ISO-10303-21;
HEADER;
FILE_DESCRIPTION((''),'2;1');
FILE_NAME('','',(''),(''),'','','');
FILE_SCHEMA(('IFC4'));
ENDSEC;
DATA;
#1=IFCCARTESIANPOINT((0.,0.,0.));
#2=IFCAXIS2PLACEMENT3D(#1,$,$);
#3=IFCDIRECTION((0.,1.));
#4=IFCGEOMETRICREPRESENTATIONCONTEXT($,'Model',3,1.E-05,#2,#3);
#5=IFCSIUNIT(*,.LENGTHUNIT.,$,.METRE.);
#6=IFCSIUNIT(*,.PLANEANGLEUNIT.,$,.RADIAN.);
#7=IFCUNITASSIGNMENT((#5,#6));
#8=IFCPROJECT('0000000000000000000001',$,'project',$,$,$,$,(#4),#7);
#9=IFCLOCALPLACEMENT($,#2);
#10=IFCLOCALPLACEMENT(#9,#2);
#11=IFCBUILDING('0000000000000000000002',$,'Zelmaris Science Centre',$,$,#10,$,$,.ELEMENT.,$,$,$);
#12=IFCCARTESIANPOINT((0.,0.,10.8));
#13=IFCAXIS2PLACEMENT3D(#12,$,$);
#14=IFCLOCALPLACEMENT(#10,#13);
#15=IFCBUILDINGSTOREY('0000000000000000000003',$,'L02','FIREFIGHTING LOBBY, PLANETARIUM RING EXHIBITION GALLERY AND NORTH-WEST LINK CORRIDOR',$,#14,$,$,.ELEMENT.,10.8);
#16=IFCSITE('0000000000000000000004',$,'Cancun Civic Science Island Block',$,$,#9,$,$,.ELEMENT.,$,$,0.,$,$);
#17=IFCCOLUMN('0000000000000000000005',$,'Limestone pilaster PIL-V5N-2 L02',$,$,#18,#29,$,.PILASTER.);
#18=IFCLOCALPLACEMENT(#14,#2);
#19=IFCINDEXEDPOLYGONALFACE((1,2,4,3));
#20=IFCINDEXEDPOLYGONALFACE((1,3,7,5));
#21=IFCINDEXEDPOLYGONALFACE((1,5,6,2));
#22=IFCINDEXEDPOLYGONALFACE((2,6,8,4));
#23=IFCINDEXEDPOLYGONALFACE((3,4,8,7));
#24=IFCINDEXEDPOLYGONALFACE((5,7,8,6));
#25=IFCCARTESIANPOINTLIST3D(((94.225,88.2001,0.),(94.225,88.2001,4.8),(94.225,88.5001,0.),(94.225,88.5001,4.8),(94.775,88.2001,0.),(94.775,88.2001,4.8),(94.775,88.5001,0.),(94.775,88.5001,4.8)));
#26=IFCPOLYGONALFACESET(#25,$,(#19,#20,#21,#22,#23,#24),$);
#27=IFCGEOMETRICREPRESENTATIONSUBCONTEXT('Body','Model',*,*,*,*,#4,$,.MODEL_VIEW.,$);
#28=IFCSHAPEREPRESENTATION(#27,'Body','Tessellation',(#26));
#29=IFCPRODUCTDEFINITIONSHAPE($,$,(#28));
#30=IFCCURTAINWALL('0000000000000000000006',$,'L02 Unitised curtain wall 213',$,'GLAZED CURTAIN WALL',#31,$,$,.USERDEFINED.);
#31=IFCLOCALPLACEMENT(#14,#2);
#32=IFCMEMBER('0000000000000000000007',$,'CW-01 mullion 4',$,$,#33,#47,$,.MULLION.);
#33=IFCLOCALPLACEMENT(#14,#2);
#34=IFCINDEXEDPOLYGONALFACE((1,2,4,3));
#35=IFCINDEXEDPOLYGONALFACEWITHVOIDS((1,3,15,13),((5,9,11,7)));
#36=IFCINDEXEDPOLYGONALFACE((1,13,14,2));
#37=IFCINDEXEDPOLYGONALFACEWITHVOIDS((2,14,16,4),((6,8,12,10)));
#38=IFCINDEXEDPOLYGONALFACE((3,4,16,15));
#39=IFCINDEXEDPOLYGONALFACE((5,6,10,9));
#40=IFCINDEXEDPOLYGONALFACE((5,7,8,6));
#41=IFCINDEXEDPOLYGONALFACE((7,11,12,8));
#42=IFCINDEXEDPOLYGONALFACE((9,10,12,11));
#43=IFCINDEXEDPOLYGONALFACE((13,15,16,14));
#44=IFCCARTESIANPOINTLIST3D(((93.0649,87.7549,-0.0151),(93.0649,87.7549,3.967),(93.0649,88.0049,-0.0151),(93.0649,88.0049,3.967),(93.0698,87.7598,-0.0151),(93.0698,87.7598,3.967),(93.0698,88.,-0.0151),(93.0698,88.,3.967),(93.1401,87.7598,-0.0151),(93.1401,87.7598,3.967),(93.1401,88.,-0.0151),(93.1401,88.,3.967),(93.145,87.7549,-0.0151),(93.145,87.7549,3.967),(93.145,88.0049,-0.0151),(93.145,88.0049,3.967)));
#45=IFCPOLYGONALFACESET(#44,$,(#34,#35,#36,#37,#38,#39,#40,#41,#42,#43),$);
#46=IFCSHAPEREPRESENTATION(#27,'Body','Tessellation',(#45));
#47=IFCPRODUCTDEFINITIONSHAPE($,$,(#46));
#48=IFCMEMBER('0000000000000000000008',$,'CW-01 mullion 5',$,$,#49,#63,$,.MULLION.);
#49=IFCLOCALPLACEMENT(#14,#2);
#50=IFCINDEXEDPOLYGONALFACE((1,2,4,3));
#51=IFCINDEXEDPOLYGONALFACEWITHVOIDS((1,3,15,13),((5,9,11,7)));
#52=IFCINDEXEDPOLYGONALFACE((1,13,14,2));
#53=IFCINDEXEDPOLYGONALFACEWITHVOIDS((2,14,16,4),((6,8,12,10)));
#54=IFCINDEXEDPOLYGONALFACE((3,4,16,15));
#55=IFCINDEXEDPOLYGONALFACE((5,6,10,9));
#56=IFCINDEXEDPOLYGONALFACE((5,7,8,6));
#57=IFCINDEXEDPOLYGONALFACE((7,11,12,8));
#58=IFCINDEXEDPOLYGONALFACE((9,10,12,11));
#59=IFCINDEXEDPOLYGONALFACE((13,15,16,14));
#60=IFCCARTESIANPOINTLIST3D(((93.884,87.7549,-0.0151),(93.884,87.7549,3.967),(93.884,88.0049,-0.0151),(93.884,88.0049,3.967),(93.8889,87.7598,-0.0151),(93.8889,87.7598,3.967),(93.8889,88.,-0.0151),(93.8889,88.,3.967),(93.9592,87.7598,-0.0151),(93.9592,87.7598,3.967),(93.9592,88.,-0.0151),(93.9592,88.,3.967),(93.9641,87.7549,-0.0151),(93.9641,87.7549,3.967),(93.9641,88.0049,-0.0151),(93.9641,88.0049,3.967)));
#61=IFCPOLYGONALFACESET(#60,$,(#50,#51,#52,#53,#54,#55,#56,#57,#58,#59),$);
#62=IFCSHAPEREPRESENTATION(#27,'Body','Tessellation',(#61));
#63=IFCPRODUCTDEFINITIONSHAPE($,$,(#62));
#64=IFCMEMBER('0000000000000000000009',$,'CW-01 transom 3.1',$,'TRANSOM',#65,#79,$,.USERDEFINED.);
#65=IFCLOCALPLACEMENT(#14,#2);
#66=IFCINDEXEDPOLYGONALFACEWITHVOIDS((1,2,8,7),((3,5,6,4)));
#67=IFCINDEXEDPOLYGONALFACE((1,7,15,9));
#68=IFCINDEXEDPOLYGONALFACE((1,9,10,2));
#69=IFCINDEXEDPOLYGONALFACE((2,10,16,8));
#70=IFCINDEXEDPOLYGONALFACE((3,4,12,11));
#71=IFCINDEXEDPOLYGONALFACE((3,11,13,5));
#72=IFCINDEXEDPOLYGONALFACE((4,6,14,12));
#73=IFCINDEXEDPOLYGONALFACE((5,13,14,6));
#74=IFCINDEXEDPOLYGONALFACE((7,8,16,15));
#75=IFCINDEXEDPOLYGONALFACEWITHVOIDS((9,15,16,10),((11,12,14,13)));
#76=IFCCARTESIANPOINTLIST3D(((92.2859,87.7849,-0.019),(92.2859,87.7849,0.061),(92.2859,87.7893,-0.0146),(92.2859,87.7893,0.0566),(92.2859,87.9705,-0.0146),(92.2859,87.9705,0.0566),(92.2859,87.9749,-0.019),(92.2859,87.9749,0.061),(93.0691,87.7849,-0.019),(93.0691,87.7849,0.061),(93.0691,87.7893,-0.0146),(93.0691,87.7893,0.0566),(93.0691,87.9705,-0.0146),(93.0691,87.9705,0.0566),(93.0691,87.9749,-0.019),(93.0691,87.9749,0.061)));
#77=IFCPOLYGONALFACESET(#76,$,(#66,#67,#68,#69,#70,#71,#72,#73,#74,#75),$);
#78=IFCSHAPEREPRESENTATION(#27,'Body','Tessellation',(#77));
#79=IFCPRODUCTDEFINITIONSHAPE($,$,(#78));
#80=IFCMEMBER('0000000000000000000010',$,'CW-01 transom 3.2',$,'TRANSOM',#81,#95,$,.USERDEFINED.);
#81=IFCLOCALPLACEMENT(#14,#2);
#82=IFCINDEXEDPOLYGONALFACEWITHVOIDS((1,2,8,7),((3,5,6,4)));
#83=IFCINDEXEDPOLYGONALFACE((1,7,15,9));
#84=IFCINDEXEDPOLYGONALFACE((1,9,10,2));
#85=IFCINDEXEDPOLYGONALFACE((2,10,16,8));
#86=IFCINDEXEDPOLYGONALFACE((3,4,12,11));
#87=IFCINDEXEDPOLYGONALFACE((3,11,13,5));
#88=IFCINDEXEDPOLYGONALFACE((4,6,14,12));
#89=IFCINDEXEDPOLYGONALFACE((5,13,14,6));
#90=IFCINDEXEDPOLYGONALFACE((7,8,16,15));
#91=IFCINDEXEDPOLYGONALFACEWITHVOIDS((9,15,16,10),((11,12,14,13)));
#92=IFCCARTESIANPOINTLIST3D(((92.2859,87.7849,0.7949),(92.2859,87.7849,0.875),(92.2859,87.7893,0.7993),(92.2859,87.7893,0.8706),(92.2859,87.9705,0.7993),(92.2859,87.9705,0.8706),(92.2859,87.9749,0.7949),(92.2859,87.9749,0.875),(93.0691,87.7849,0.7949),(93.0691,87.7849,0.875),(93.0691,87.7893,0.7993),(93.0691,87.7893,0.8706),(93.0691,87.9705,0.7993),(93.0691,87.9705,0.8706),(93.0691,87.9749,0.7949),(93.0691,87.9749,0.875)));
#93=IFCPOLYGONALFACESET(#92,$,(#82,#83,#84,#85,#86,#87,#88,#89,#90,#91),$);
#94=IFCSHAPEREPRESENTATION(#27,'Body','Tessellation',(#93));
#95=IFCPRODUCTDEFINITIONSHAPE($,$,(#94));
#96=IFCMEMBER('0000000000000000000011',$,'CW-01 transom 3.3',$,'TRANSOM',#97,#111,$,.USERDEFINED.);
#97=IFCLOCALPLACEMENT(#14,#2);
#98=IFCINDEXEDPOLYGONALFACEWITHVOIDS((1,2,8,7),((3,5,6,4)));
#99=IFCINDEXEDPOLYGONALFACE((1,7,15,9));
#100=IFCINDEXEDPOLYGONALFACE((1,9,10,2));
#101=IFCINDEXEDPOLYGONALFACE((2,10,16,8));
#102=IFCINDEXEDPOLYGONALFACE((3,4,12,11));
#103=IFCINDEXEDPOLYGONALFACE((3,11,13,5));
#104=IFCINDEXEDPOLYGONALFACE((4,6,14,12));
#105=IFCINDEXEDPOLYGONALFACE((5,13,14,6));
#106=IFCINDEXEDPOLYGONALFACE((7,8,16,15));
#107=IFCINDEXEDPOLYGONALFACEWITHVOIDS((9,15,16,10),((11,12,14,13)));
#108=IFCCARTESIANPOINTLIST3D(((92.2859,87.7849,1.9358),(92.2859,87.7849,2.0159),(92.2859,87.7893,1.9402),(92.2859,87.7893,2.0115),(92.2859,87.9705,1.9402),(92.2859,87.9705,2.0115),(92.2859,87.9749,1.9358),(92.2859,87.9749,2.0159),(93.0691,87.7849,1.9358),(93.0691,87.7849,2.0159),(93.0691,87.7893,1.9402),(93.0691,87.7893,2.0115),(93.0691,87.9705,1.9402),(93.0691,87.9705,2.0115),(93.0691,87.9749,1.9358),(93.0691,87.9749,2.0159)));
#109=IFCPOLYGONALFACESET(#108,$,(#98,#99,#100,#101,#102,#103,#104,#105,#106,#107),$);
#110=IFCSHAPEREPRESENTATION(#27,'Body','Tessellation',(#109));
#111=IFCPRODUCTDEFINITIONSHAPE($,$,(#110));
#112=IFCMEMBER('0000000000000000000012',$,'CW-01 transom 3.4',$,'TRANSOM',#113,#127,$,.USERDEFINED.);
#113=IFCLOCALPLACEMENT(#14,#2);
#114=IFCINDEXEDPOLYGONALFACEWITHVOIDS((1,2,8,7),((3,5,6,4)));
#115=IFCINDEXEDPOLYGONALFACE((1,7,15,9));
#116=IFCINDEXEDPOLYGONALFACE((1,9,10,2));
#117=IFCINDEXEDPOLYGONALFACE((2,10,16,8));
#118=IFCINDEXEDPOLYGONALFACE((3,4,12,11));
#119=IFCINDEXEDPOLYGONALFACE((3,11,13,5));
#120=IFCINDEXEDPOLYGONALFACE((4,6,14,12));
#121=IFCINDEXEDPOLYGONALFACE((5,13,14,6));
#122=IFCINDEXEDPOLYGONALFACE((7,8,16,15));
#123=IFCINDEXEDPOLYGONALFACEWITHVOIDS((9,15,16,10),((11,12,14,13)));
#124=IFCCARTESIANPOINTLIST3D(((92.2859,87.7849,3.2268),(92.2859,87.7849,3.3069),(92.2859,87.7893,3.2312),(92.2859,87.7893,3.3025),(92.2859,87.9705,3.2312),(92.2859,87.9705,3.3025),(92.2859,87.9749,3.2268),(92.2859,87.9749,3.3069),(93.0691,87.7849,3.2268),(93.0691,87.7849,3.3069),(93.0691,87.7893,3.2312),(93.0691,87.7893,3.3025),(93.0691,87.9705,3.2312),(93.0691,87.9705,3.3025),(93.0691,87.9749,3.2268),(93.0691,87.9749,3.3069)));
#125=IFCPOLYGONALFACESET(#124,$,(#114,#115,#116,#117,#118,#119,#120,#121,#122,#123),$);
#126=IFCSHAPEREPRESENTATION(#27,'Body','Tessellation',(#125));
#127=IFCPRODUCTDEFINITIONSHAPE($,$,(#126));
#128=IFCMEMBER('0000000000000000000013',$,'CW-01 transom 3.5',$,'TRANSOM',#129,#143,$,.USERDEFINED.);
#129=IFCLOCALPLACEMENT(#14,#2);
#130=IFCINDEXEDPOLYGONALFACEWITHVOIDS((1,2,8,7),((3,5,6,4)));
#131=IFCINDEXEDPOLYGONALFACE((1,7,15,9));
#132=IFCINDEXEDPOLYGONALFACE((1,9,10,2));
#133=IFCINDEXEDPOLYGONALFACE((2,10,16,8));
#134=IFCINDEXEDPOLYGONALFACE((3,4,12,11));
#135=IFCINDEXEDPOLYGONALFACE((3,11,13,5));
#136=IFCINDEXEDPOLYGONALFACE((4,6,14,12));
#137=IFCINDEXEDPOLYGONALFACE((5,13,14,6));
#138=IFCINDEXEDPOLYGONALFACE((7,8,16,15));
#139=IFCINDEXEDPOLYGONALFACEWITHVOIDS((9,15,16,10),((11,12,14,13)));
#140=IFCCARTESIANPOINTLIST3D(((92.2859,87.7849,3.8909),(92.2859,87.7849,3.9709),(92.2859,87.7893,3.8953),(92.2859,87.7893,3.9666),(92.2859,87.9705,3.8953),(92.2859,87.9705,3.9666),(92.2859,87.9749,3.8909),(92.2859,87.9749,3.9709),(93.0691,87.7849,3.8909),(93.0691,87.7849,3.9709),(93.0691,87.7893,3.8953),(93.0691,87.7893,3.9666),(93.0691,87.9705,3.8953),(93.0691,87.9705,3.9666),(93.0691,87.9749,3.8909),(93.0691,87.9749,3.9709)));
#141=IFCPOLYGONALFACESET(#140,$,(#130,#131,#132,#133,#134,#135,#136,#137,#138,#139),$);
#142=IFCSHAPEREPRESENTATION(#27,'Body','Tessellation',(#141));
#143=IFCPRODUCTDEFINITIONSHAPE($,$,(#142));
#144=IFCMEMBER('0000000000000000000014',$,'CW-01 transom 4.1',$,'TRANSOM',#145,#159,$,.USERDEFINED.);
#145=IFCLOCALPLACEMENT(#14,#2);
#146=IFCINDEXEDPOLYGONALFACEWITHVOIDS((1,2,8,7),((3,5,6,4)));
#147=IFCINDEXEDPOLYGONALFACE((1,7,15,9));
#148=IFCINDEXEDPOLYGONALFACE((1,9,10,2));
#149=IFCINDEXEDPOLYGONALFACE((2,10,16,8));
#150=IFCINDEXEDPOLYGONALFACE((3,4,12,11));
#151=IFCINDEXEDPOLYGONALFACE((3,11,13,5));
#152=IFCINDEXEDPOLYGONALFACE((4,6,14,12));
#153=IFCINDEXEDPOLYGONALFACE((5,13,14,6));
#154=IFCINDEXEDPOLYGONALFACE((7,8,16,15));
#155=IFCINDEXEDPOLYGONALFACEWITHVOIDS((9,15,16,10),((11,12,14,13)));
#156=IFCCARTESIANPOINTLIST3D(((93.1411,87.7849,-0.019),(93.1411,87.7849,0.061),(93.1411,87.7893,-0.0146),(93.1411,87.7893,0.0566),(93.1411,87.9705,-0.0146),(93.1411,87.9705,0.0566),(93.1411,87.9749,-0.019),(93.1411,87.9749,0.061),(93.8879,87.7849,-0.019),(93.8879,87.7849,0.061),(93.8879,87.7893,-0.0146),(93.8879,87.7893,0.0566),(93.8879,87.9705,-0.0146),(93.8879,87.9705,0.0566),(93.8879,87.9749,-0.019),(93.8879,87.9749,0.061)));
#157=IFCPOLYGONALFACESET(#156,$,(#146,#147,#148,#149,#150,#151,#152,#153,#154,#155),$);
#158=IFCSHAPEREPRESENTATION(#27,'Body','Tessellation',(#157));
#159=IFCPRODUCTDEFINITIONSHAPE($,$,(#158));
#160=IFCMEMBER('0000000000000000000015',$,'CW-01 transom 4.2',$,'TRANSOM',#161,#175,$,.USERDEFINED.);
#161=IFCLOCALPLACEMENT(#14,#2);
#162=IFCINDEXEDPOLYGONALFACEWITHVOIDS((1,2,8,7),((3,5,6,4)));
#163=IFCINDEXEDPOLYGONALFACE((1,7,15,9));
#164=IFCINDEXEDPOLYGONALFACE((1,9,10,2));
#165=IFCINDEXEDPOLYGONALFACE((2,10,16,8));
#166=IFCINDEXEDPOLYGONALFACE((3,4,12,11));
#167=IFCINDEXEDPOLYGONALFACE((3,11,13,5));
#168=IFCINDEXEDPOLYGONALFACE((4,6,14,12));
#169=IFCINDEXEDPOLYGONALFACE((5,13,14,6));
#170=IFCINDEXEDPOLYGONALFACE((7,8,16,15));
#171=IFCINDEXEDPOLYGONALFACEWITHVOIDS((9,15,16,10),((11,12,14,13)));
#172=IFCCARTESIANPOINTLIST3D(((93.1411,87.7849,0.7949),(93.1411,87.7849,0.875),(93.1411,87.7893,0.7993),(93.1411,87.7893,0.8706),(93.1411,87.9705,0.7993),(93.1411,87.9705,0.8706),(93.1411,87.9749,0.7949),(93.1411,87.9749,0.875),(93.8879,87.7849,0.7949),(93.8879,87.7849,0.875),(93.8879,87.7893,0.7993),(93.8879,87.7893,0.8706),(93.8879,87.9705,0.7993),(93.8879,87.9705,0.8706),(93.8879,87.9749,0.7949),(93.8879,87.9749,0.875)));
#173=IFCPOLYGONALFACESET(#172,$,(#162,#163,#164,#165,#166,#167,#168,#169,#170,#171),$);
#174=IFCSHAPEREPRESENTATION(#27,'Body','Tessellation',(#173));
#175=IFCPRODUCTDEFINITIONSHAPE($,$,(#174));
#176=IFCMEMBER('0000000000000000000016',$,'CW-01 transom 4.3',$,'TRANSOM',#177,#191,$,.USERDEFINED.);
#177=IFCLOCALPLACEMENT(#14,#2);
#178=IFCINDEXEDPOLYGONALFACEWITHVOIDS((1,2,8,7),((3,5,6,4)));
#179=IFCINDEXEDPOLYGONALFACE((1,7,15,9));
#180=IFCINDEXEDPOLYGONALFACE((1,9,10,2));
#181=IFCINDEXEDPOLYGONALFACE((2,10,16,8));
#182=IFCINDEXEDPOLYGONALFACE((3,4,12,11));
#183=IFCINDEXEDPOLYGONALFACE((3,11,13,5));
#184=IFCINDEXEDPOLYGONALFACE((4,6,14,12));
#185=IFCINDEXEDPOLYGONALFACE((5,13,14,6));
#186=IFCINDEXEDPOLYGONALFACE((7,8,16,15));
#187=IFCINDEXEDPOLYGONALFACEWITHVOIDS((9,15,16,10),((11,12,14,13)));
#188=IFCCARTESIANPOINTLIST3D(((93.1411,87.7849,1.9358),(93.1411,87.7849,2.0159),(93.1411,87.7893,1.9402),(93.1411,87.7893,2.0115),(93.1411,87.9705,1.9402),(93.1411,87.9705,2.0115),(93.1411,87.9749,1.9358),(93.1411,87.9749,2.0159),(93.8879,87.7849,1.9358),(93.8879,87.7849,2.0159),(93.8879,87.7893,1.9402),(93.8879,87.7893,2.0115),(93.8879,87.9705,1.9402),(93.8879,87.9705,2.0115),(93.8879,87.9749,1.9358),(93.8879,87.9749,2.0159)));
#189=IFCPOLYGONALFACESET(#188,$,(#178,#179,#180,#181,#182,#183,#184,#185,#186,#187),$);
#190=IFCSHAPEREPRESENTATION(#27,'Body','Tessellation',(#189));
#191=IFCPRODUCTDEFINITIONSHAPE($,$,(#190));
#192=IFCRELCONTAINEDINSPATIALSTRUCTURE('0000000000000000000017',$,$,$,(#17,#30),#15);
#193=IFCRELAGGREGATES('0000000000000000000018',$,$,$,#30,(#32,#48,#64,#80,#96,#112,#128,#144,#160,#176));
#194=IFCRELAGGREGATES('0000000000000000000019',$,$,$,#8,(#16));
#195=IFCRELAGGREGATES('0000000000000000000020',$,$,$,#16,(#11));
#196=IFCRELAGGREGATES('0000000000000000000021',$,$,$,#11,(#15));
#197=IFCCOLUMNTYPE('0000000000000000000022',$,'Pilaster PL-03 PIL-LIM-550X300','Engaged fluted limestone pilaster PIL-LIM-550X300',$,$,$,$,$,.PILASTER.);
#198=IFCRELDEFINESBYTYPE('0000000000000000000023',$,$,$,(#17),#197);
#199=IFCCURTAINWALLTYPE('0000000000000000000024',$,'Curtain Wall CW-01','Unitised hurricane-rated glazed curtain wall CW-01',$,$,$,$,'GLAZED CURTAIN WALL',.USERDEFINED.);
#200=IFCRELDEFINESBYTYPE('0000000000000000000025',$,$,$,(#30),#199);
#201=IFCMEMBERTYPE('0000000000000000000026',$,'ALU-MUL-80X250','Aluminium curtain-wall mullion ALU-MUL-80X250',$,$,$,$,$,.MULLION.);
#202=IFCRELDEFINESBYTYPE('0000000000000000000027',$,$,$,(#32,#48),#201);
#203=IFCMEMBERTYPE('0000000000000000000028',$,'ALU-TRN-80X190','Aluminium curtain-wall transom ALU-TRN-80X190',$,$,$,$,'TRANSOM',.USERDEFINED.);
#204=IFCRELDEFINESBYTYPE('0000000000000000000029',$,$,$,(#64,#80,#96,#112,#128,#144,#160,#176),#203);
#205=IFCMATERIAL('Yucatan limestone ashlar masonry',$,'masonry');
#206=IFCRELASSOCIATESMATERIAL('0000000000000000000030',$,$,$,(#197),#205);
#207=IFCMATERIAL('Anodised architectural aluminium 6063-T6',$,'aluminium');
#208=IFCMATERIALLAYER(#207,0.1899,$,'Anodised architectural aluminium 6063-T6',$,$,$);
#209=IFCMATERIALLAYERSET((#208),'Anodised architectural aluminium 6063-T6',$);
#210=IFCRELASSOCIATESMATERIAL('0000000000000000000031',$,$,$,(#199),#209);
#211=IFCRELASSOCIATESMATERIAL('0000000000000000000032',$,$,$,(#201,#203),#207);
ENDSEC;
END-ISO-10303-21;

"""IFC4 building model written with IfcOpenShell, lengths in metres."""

from ifc_helpers import new_model, si_unit, direction, frame, origin, origin_2d, place, context, subcontext, project, spatial, rectangle, hollow_rectangle, extrude, material, layer, layer_set, material_profile, profile_set, type_object, element, aggregate, save


model = new_model("IFC4")

# Units and contexts
model_context = context("Model", 3, precision=1e-05, world=origin(), true_north=direction((0.0, 1.0)))
body_context = subcontext(model_context, "Body", "Model", "MODEL_VIEW")
ifc_project = project(units=[si_unit("LENGTHUNIT", "METRE"), si_unit("PLANEANGLEUNIT", "RADIAN")], contexts=[model_context])

# Site, building, storey
site_placement = place(None, origin())
site = spatial("IfcSite", under=ifc_project, at=site_placement, Name="Cancun Civic Science Island Block", CompositionType="ELEMENT", RefElevation=0.0)
building_placement = place(site_placement, origin())
building = spatial("IfcBuilding", under=site, at=building_placement, Name="Zelmaris Science Centre", CompositionType="ELEMENT")
storey_placement = place(building_placement, frame((0.0, 0.0, 10.8)))
storey = spatial("IfcBuildingStorey", under=building, at=storey_placement, Name="L02", Description="FIREFIGHTING LOBBY, PLANETARIUM RING EXHIBITION GALLERY AND NORTH-WEST LINK CORRIDOR", CompositionType="ELEMENT", Elevation=10.8)

# Column
ifc_material_1 = material(Name="Yucatan limestone ashlar masonry", Category="masonry")
ifc_material_profile_1 = material_profile(ifc_material_1, rectangle(XDim=0.55, YDim=0.3, at=origin_2d()), Name="PIL-LIM-550X300")
ifc_profile_set_1 = profile_set([ifc_material_profile_1], Name="Yucatan limestone ashlar masonry")
column_type = type_object("IfcColumnType", Name="Pilaster PL-03 PIL-LIM-550X300", Description="Engaged fluted limestone pilaster PIL-LIM-550X300", PredefinedType="PILASTER", material=ifc_profile_set_1)
column_placement = place(storey_placement, frame((94.5, 88.3501, 0.0), z_axis=(0.0, 0.0, 1.0), x_axis=(1.0, 0.0, 0.0)))
element("IfcColumn", 1, at=column_placement, inside=storey, type_object=column_type, Name="Limestone pilaster PIL-V5N-2 L02", PredefinedType="PILASTER", context=body_context, shape_type="SweptSolid", body=[
    extrude(rectangle(XDim=0.55, YDim=0.3, at=origin_2d()), origin(), (0.0, 0.0, 1.0), 4.8),
])

# Curtain wall, members
ifc_material_2 = material(Name="Anodised architectural aluminium 6063-T6", Category="aluminium")
ifc_layer_1 = layer(ifc_material_2, 0.1899, Name="Anodised architectural aluminium 6063-T6")
ifc_layer_set_1 = layer_set([ifc_layer_1], Name="Anodised architectural aluminium 6063-T6")
curtain_wall_type = type_object("IfcCurtainWallType", Name="Curtain Wall CW-01", Description="Unitised hurricane-rated glazed curtain wall CW-01", ElementType="GLAZED CURTAIN WALL", PredefinedType="USERDEFINED", material=ifc_layer_set_1)
curtain_wall_placement = place(storey_placement, origin())
curtain_wall = element("IfcCurtainWall", 2, at=curtain_wall_placement, inside=storey, type_object=curtain_wall_type, Name="L02 Unitised curtain wall 213", ObjectType="GLAZED CURTAIN WALL", PredefinedType="USERDEFINED")
ifc_material_profile_2 = material_profile(ifc_material_2, hollow_rectangle(XDim=0.0801, YDim=0.25, WallThickness=0.0049, at=origin_2d()), Name="ALU-MUL-80X250")
ifc_profile_set_2 = profile_set([ifc_material_profile_2], Name="Anodised architectural aluminium 6063-T6")
member_type_1 = type_object("IfcMemberType", Name="ALU-MUL-80X250", Description="Aluminium curtain-wall mullion ALU-MUL-80X250", PredefinedType="MULLION", material=ifc_profile_set_2)
member_1_placement = place(storey_placement, frame((93.105, 87.8799, -0.0151), z_axis=(0.0, 0.0, 1.0), x_axis=(1.0, 0.0, 0.0)))
member_1 = element("IfcMember", 3, at=member_1_placement, type_object=member_type_1, Name="CW-01 mullion 4", PredefinedType="MULLION", context=body_context, shape_type="SweptSolid", body=[
    extrude(hollow_rectangle(XDim=0.0801, YDim=0.25, WallThickness=0.0049, at=origin_2d()), origin(), (0.0, 0.0, 1.0), 3.9822),
])
member_2_placement = place(storey_placement, frame((93.9241, 87.8799, -0.0151), z_axis=(0.0, 0.0, 1.0), x_axis=(1.0, 0.0, 0.0)))
member_2 = element("IfcMember", 4, at=member_2_placement, type_object=member_type_1, Name="CW-01 mullion 5", PredefinedType="MULLION", context=body_context, shape_type="SweptSolid", body=[
    extrude(hollow_rectangle(XDim=0.0801, YDim=0.25, WallThickness=0.0049, at=origin_2d()), origin(), (0.0, 0.0, 1.0), 3.9822),
])
ifc_material_profile_3 = material_profile(ifc_material_2, hollow_rectangle(XDim=0.0801, YDim=0.1899, WallThickness=0.0044, at=origin_2d()), Name="ALU-TRN-80X190")
ifc_profile_set_3 = profile_set([ifc_material_profile_3], Name="Anodised architectural aluminium 6063-T6")
member_type_2 = type_object("IfcMemberType", Name="ALU-TRN-80X190", Description="Aluminium curtain-wall transom ALU-TRN-80X190", ElementType="TRANSOM", PredefinedType="USERDEFINED", material=ifc_profile_set_3)
member_3_placement = place(storey_placement, frame((92.2859, 87.8799, 0.021), z_axis=(1.0, 0.0, 0.0), x_axis=(0.0, 0.0, 1.0)))
member_3 = element("IfcMember", 5, at=member_3_placement, type_object=member_type_2, Name="CW-01 transom 3.1", ObjectType="TRANSOM", PredefinedType="USERDEFINED", context=body_context, shape_type="SweptSolid", body=[
    extrude(hollow_rectangle(XDim=0.0801, YDim=0.1899, WallThickness=0.0044, at=origin_2d()), origin(), (0.0, 0.0, 1.0), 0.7832),
])
member_4_placement = place(storey_placement, frame((92.2859, 87.8799, 0.835), z_axis=(1.0, 0.0, 0.0), x_axis=(0.0, 0.0, 1.0)))
member_4 = element("IfcMember", 6, at=member_4_placement, type_object=member_type_2, Name="CW-01 transom 3.2", ObjectType="TRANSOM", PredefinedType="USERDEFINED", context=body_context, shape_type="SweptSolid", body=[
    extrude(hollow_rectangle(XDim=0.0801, YDim=0.1899, WallThickness=0.0044, at=origin_2d()), origin(), (0.0, 0.0, 1.0), 0.7832),
])
member_5_placement = place(storey_placement, frame((92.2859, 87.8799, 1.9758), z_axis=(1.0, 0.0, 0.0), x_axis=(0.0, 0.0, 1.0)))
member_5 = element("IfcMember", 7, at=member_5_placement, type_object=member_type_2, Name="CW-01 transom 3.3", ObjectType="TRANSOM", PredefinedType="USERDEFINED", context=body_context, shape_type="SweptSolid", body=[
    extrude(hollow_rectangle(XDim=0.0801, YDim=0.1899, WallThickness=0.0044, at=origin_2d()), origin(), (0.0, 0.0, 1.0), 0.7832),
])
member_6_placement = place(storey_placement, frame((92.2859, 87.8799, 3.2668), z_axis=(1.0, 0.0, 0.0), x_axis=(0.0, 0.0, 1.0)))
member_6 = element("IfcMember", 8, at=member_6_placement, type_object=member_type_2, Name="CW-01 transom 3.4", ObjectType="TRANSOM", PredefinedType="USERDEFINED", context=body_context, shape_type="SweptSolid", body=[
    extrude(hollow_rectangle(XDim=0.0801, YDim=0.1899, WallThickness=0.0044, at=origin_2d()), origin(), (0.0, 0.0, 1.0), 0.7832),
])
member_7_placement = place(storey_placement, frame((92.2859, 87.8799, 3.9309), z_axis=(1.0, 0.0, 0.0), x_axis=(0.0, 0.0, 1.0)))
member_7 = element("IfcMember", 9, at=member_7_placement, type_object=member_type_2, Name="CW-01 transom 3.5", ObjectType="TRANSOM", PredefinedType="USERDEFINED", context=body_context, shape_type="SweptSolid", body=[
    extrude(hollow_rectangle(XDim=0.0801, YDim=0.1899, WallThickness=0.0044, at=origin_2d()), origin(), (0.0, 0.0, 1.0), 0.7832),
])
member_8_placement = place(storey_placement, frame((93.1411, 87.8799, 0.021), z_axis=(1.0, 0.0, 0.0), x_axis=(0.0, 0.0, 1.0)))
member_8 = element("IfcMember", 10, at=member_8_placement, type_object=member_type_2, Name="CW-01 transom 4.1", ObjectType="TRANSOM", PredefinedType="USERDEFINED", context=body_context, shape_type="SweptSolid", body=[
    extrude(hollow_rectangle(XDim=0.0801, YDim=0.1899, WallThickness=0.0044, at=origin_2d()), origin(), (0.0, 0.0, 1.0), 0.7468),
])
member_9_placement = place(storey_placement, frame((93.1411, 87.8799, 0.835), z_axis=(1.0, 0.0, 0.0), x_axis=(0.0, 0.0, 1.0)))
member_9 = element("IfcMember", 11, at=member_9_placement, type_object=member_type_2, Name="CW-01 transom 4.2", ObjectType="TRANSOM", PredefinedType="USERDEFINED", context=body_context, shape_type="SweptSolid", body=[
    extrude(hollow_rectangle(XDim=0.0801, YDim=0.1899, WallThickness=0.0044, at=origin_2d()), origin(), (0.0, 0.0, 1.0), 0.7468),
])
member_10_placement = place(storey_placement, frame((93.1411, 87.8799, 1.9758), z_axis=(1.0, 0.0, 0.0), x_axis=(0.0, 0.0, 1.0)))
member_10 = element("IfcMember", 12, at=member_10_placement, type_object=member_type_2, Name="CW-01 transom 4.3", ObjectType="TRANSOM", PredefinedType="USERDEFINED", context=body_context, shape_type="SweptSolid", body=[
    extrude(hollow_rectangle(XDim=0.0801, YDim=0.1899, WallThickness=0.0044, at=origin_2d()), origin(), (0.0, 0.0, 1.0), 0.7468),
])
aggregate(curtain_wall, [member_1, member_2, member_3, member_4, member_5, member_6, member_7, member_8, member_9, member_10])

save(model, "model.ifc")
